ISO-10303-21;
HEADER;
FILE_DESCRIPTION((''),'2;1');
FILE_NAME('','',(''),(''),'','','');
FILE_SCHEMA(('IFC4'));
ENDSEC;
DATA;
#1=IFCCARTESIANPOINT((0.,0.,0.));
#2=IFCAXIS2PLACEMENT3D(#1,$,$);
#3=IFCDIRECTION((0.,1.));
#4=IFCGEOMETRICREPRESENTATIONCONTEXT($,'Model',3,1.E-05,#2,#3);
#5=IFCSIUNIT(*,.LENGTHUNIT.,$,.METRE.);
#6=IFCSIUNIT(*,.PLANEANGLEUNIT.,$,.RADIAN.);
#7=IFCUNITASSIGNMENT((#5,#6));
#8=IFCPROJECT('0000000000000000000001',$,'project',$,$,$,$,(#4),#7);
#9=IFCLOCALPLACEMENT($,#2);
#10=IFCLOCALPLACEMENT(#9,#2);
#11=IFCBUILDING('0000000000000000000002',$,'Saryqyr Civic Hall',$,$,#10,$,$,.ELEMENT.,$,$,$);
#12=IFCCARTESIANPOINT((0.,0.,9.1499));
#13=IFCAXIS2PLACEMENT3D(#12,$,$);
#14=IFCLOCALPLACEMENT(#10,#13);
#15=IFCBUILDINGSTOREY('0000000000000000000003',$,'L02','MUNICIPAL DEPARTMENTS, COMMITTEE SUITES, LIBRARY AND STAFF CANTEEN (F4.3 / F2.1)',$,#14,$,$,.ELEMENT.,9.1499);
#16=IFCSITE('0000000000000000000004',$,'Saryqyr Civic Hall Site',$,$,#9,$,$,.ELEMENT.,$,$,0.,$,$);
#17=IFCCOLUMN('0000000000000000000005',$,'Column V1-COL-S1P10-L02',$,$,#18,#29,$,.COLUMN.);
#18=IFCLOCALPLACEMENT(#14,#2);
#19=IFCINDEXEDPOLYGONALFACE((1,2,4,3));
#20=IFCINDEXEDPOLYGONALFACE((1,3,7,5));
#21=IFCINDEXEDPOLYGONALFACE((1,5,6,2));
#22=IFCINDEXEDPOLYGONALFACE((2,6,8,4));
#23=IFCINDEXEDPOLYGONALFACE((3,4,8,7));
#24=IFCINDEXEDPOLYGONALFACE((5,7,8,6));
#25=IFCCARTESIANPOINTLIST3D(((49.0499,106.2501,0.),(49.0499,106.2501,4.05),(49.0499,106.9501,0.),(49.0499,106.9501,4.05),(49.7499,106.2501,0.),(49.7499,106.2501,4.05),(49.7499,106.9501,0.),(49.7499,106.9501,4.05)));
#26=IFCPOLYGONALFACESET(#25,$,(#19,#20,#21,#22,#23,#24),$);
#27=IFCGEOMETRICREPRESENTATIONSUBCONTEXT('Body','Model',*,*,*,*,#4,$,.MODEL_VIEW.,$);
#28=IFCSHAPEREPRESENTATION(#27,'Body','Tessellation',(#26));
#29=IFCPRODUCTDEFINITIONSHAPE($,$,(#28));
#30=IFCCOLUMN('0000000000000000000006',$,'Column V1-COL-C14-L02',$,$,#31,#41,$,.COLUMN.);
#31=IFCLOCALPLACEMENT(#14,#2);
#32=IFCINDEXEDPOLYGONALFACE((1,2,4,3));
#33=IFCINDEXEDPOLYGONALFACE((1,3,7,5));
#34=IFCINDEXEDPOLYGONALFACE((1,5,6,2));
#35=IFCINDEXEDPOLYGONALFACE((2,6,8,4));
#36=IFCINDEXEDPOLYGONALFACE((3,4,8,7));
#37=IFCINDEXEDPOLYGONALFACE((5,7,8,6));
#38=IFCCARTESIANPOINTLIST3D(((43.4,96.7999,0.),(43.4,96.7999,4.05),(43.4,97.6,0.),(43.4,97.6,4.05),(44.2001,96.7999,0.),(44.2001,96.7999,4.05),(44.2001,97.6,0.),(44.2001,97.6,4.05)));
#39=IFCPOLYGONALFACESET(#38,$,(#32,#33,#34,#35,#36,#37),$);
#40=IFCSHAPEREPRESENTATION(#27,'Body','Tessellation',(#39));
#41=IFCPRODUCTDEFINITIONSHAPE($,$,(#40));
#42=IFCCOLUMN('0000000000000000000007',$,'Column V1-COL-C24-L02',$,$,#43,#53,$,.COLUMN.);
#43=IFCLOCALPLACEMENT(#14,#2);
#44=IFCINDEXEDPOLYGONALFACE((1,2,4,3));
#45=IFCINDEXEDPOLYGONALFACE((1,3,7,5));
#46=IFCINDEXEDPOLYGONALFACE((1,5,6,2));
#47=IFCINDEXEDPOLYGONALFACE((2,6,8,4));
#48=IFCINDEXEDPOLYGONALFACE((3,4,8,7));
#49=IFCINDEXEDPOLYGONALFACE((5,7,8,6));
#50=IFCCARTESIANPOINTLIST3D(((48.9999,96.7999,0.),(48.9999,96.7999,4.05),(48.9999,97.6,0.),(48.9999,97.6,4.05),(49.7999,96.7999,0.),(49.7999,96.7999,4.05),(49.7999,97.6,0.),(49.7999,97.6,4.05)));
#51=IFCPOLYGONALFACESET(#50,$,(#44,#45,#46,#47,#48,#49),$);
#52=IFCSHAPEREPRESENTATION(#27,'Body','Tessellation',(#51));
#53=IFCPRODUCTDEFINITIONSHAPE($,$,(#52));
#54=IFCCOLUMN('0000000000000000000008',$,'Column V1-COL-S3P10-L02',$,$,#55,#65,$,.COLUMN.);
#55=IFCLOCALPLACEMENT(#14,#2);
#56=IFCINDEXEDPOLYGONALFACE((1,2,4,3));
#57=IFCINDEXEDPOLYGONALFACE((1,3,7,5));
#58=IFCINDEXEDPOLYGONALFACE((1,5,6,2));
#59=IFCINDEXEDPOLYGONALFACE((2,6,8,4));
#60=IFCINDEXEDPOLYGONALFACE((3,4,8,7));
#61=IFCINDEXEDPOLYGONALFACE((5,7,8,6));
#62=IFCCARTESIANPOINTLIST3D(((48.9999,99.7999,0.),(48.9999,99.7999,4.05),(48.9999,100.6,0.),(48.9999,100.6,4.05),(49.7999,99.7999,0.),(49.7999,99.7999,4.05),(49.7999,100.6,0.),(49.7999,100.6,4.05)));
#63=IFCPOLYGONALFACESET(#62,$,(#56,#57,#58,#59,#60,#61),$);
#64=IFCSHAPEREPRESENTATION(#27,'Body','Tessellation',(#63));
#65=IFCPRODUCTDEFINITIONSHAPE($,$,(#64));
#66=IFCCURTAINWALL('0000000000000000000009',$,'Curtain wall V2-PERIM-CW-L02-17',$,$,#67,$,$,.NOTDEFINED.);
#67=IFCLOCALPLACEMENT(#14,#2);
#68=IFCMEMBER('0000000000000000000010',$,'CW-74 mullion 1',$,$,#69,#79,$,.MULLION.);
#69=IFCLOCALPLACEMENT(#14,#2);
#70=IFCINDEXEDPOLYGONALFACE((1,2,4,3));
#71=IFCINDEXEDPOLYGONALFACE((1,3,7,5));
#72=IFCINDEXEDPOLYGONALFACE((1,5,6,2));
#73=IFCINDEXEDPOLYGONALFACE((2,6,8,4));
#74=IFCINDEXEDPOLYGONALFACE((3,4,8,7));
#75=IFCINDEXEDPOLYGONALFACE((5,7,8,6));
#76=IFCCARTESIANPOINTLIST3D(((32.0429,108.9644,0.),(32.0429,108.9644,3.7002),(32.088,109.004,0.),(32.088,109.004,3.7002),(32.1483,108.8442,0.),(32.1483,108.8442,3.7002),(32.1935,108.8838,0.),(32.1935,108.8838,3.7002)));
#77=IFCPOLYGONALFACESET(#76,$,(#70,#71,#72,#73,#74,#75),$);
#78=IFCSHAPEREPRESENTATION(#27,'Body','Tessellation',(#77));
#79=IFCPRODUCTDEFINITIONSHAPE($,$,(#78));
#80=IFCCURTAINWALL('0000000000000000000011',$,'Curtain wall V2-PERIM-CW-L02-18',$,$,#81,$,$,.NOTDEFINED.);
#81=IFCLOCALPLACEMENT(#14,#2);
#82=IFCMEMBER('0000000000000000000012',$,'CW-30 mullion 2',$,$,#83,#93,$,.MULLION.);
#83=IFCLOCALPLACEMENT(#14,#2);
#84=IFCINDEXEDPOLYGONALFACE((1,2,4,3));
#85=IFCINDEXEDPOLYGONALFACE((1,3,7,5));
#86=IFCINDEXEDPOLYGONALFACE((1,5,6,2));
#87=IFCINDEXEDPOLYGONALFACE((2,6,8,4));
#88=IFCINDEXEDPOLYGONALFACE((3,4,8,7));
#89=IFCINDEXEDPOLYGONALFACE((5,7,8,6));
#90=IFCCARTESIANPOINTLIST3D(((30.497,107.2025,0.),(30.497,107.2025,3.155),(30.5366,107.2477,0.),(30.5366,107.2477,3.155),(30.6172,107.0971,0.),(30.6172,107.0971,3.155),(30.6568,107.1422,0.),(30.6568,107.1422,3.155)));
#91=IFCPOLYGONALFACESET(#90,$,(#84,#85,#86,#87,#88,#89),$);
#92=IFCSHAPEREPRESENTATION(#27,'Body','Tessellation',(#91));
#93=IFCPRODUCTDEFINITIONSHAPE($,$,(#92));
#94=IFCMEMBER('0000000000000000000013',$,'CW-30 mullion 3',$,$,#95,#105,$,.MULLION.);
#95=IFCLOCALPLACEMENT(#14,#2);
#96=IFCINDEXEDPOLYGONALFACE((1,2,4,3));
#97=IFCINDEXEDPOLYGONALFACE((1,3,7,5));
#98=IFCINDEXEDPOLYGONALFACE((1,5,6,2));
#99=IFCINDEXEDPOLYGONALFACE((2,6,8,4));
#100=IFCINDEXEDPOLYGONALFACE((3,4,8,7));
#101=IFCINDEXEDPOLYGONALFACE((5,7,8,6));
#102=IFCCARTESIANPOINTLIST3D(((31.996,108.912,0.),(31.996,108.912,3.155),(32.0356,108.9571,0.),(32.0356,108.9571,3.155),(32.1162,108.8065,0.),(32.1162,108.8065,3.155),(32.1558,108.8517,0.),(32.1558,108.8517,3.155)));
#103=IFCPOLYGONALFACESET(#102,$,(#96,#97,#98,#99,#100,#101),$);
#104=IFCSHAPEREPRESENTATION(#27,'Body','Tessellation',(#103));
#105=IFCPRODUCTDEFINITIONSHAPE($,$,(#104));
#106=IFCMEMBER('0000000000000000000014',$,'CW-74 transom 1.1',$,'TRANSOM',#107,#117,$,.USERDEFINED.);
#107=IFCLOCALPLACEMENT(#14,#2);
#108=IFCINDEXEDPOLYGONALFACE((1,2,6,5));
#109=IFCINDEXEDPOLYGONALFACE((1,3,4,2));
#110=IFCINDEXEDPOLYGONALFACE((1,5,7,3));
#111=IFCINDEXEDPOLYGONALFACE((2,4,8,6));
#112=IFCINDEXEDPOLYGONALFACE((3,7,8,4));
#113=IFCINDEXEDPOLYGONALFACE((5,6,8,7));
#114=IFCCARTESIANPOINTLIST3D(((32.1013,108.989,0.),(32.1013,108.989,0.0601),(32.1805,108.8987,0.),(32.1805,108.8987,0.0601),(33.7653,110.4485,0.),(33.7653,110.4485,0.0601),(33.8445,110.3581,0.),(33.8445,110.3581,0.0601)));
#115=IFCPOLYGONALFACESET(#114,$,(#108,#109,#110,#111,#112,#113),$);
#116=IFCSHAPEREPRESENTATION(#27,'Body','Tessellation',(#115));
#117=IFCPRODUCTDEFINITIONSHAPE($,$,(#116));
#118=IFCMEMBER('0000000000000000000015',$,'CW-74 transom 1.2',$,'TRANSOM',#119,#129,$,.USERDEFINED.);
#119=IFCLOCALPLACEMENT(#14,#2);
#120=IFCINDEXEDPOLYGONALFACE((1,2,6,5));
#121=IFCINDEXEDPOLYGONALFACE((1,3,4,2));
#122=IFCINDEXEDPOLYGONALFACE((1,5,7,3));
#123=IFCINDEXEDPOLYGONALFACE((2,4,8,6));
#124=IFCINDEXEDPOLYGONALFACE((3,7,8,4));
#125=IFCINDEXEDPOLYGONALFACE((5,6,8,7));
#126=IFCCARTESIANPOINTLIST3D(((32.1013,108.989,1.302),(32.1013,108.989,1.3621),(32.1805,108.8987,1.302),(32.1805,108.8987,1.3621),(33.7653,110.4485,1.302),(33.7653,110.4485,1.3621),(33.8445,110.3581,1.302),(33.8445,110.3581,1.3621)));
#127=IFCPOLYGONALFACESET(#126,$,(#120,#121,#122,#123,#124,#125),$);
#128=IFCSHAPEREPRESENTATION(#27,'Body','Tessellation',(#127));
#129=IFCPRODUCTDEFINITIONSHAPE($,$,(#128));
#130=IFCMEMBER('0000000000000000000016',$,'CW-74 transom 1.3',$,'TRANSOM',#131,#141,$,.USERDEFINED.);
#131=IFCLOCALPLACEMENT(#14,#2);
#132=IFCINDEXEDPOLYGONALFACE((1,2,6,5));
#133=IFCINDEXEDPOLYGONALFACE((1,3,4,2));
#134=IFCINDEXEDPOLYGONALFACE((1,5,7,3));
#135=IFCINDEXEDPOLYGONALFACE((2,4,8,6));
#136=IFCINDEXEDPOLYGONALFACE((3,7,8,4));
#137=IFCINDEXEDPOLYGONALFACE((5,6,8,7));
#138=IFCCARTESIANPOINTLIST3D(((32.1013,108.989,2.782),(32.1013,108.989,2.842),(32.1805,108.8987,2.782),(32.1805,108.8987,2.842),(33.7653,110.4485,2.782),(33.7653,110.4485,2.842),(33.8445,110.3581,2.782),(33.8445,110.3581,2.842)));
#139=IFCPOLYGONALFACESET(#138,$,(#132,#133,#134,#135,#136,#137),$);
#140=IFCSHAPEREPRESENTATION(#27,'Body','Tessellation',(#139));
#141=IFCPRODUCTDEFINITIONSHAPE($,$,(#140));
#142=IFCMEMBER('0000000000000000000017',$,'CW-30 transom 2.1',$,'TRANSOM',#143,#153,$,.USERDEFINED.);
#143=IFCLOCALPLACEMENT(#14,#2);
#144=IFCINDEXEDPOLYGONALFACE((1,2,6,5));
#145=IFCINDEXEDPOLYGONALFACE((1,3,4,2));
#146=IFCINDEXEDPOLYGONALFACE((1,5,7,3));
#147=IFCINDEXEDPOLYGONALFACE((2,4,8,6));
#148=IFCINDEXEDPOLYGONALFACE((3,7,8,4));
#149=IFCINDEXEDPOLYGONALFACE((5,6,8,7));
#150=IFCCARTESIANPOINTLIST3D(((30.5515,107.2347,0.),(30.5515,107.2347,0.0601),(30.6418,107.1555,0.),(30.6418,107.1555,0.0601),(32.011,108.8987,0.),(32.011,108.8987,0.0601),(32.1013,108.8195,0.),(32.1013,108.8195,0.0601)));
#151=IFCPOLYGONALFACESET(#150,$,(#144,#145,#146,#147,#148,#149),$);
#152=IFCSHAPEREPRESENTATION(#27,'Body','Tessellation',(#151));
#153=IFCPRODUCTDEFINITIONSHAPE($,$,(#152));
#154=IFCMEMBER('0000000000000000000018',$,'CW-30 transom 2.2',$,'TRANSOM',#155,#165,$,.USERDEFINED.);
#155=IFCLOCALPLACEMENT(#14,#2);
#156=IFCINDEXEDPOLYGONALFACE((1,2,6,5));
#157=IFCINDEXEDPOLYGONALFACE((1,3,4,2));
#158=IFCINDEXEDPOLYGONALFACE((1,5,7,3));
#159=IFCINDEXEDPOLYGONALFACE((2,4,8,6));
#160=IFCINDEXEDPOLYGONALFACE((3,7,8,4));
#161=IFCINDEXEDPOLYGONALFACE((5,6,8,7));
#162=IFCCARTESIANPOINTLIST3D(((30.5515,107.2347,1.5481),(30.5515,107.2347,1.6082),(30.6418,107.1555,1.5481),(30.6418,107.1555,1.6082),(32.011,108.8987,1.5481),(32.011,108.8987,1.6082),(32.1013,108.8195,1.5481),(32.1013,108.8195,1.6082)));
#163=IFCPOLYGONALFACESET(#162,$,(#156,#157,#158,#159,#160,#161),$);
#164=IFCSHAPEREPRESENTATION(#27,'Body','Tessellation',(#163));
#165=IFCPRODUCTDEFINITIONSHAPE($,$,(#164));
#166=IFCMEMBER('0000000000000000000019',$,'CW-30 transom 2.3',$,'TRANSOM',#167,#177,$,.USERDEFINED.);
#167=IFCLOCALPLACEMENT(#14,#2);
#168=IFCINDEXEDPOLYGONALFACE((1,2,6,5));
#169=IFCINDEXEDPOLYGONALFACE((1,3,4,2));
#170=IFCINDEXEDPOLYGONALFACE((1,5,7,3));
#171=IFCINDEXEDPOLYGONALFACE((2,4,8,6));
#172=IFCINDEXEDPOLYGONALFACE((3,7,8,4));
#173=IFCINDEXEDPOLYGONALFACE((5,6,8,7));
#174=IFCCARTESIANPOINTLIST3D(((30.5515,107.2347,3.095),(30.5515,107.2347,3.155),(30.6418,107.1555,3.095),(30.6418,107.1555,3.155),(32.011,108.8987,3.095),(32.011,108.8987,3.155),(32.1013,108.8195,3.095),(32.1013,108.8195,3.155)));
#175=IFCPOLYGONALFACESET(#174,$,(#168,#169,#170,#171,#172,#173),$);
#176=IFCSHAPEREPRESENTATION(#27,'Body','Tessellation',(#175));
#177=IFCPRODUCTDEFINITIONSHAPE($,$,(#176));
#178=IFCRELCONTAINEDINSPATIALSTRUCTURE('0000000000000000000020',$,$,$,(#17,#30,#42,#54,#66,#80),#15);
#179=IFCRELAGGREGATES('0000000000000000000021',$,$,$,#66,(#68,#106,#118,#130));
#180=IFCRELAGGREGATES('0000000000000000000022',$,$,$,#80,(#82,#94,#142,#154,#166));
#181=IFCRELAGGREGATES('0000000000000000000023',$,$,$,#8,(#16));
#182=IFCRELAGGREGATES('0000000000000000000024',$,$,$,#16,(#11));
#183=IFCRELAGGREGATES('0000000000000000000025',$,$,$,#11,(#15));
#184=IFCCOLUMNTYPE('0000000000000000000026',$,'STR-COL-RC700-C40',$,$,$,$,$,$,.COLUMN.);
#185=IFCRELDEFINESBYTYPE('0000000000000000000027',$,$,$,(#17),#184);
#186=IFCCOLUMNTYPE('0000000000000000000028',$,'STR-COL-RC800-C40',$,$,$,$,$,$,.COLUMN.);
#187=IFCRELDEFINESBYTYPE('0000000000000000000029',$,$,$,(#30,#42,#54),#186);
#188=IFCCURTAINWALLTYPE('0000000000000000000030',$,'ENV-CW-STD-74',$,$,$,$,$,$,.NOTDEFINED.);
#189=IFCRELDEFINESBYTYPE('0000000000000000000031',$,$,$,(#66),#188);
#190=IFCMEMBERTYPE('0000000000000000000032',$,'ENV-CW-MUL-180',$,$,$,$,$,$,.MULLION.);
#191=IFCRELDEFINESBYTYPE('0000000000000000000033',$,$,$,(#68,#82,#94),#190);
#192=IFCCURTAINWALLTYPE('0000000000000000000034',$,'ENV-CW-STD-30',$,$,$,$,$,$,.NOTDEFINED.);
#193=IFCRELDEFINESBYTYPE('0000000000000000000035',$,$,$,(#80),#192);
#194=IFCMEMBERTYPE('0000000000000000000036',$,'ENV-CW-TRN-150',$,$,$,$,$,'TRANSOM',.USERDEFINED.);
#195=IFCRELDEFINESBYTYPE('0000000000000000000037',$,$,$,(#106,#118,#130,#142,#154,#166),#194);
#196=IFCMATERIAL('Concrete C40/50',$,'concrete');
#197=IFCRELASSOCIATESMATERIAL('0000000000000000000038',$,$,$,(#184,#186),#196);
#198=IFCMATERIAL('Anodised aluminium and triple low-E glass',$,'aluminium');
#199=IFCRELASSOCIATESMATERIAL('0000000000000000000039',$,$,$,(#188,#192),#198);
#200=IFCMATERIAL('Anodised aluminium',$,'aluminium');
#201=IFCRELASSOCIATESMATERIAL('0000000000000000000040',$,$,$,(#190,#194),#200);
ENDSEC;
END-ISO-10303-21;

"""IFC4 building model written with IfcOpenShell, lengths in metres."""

from ifc_helpers import new_model, si_unit, direction, frame, origin, origin_2d, place, context, subcontext, project, spatial, rectangle, extrude, material, material_profile, profile_set, type_object, element, aggregate, save


model = new_model("IFC4")

# Units and contexts
model_context = context("Model", 3, precision=1e-05, world=origin(), true_north=direction((0.0, 1.0)))
body_context = subcontext(model_context, "Body", "Model", "MODEL_VIEW")
ifc_project = project(units=[si_unit("LENGTHUNIT", "METRE"), si_unit("PLANEANGLEUNIT", "RADIAN")], contexts=[model_context])

# Site, building, storey
site_placement = place(None, origin())
site = spatial("IfcSite", under=ifc_project, at=site_placement, Name="Saryqyr Civic Hall Site", CompositionType="ELEMENT", RefElevation=0.0)
building_placement = place(site_placement, origin())
building = spatial("IfcBuilding", under=site, at=building_placement, Name="Saryqyr Civic Hall", CompositionType="ELEMENT")
storey_placement = place(building_placement, frame((0.0, 0.0, 9.1499)))
storey = spatial("IfcBuildingStorey", under=building, at=storey_placement, Name="L02", Description="MUNICIPAL DEPARTMENTS, COMMITTEE SUITES, LIBRARY AND STAFF CANTEEN (F4.3 / F2.1)", CompositionType="ELEMENT", Elevation=9.1499)

# Columns
ifc_material_1 = material(Name="Concrete C40/50", Category="concrete")
ifc_material_profile_1 = material_profile(ifc_material_1, rectangle(XDim=0.7, YDim=0.7, at=origin_2d()), Name="RC 700x700")
ifc_profile_set_1 = profile_set([ifc_material_profile_1], Name="Concrete C40/50")
column_type_1 = type_object("IfcColumnType", Name="STR-COL-RC700-C40", PredefinedType="COLUMN", material=ifc_profile_set_1)
column_placement = place(storey_placement, frame((49.3999, 106.6001, 0.0), z_axis=(0.0, 0.0, 1.0), x_axis=(1.0, 0.0, 0.0)))
element("IfcColumn", 1, at=column_placement, inside=storey, type_object=column_type_1, Name="Column V1-COL-S1P10-L02", PredefinedType="COLUMN", context=body_context, shape_type="SweptSolid", body=[
    extrude(rectangle(XDim=0.7, YDim=0.7, at=origin_2d()), origin(), (0.0, 0.0, 1.0), 4.05),
])
ifc_material_profile_2 = material_profile(ifc_material_1, rectangle(XDim=0.8, YDim=0.8, at=origin_2d()), Name="RC 800x800")
ifc_profile_set_2 = profile_set([ifc_material_profile_2], Name="Concrete C40/50")
column_type_2 = type_object("IfcColumnType", Name="STR-COL-RC800-C40", PredefinedType="COLUMN", material=ifc_profile_set_2)
for number, where, z_axis, x_axis, name in (
    (2, (43.8, 97.2, 0.0), (0.0, 0.0, 1.0), (1.0, 0.0, 0.0), "Column V1-COL-C14-L02"),
    (3, (49.3999, 97.2, 0.0), (0.0, 0.0, 1.0), (1.0, 0.0, 0.0), "Column V1-COL-C24-L02"),
    (4, (49.3999, 100.2, 0.0), (0.0, 0.0, 1.0), (1.0, 0.0, 0.0), "Column V1-COL-S3P10-L02"),
):
    element("IfcColumn", number, at=place(storey_placement, frame(where, z_axis=z_axis, x_axis=x_axis)), inside=storey, type_object=column_type_2, Name=name, PredefinedType="COLUMN", context=body_context, shape_type="SweptSolid", body=[
        extrude(rectangle(XDim=0.8, YDim=0.8, at=origin_2d()), origin(), (0.0, 0.0, 1.0), 4.05),
    ])

# Curtain wall, member
ifc_material_2 = material(Name="Anodised aluminium and triple low-E glass", Category="aluminium")
curtain_wall_type_1 = type_object("IfcCurtainWallType", Name="ENV-CW-STD-74", PredefinedType="NOTDEFINED", material=ifc_material_2)
curtain_wall_1_placement = place(storey_placement, origin())
curtain_wall_1 = element("IfcCurtainWall", 5, at=curtain_wall_1_placement, inside=storey, type_object=curtain_wall_type_1, Name="Curtain wall V2-PERIM-CW-L02-17", PredefinedType="NOTDEFINED")
ifc_material_3 = material(Name="Anodised aluminium", Category="aluminium")
ifc_material_profile_3 = material_profile(ifc_material_3, rectangle(XDim=0.0601, YDim=0.1599, at=origin_2d()), Name="ALU MULLION 60x160")
ifc_profile_set_3 = profile_set([ifc_material_profile_3], Name="Anodised aluminium")
member_type_1 = type_object("IfcMemberType", Name="ENV-CW-MUL-180", PredefinedType="MULLION", material=ifc_profile_set_3)
member_1_placement = place(storey_placement, frame((32.1182, 108.9241, 0.0), z_axis=(0.0, 0.0, 1.0), x_axis=(0.751838, 0.659348, 0.0)))
member_1 = element("IfcMember", 6, at=member_1_placement, type_object=member_type_1, Name="CW-74 mullion 1", PredefinedType="MULLION", context=body_context, shape_type="SweptSolid", body=[
    extrude(rectangle(XDim=0.0601, YDim=0.1599, at=origin_2d()), origin(), (0.0, 0.0, 1.0), 3.7002),
])

# Curtain wall, members
curtain_wall_type_2 = type_object("IfcCurtainWallType", Name="ENV-CW-STD-30", PredefinedType="NOTDEFINED", material=ifc_material_2)
curtain_wall_2_placement = place(storey_placement, origin())
curtain_wall_2 = element("IfcCurtainWall", 7, at=curtain_wall_2_placement, inside=storey, type_object=curtain_wall_type_2, Name="Curtain wall V2-PERIM-CW-L02-18", PredefinedType="NOTDEFINED")
member_2_placement = place(storey_placement, frame((30.5769, 107.1724, 0.0), z_axis=(0.0, 0.0, 1.0), x_axis=(0.659348, 0.751838, 0.0)))
member_2 = element("IfcMember", 8, at=member_2_placement, type_object=member_type_1, Name="CW-30 mullion 2", PredefinedType="MULLION", context=body_context, shape_type="SweptSolid", body=[
    extrude(rectangle(XDim=0.0601, YDim=0.1599, at=origin_2d()), origin(), (0.0, 0.0, 1.0), 3.155),
])
member_3_placement = place(storey_placement, frame((32.0759, 108.8818, 0.0), z_axis=(0.0, 0.0, 1.0), x_axis=(0.659348, 0.751838, 0.0)))
member_3 = element("IfcMember", 9, at=member_3_placement, type_object=member_type_1, Name="CW-30 mullion 3", PredefinedType="MULLION", context=body_context, shape_type="SweptSolid", body=[
    extrude(rectangle(XDim=0.0601, YDim=0.1599, at=origin_2d()), origin(), (0.0, 0.0, 1.0), 3.155),
])

# Members
ifc_material_profile_4 = material_profile(ifc_material_3, rectangle(XDim=0.1201, YDim=0.0601, at=origin_2d()), Name="ALU TRANSOM 120x60")
ifc_profile_set_4 = profile_set([ifc_material_profile_4], Name="Anodised aluminium")
member_type_2 = type_object("IfcMemberType", Name="ENV-CW-TRN-150", ElementType="TRANSOM", PredefinedType="USERDEFINED", material=ifc_profile_set_4)
member_4_placement = place(storey_placement, frame((32.1409, 108.9438, 0.03), z_axis=(0.751811, 0.659379, 0.0), x_axis=(-0.659379, 0.751811, 0.0)))
member_4 = element("IfcMember", 10, at=member_4_placement, type_object=member_type_2, Name="CW-74 transom 1.1", ObjectType="TRANSOM", PredefinedType="USERDEFINED", context=body_context, shape_type="SweptSolid", body=[
    extrude(rectangle(XDim=0.1201, YDim=0.0601, at=origin_2d()), origin(), (0.0, 0.0, 1.0), 2.2134),
])
member_5_placement = place(storey_placement, frame((32.1409, 108.9438, 1.332), z_axis=(0.751811, 0.659379, 0.0), x_axis=(-0.659379, 0.751811, 0.0)))
member_5 = element("IfcMember", 11, at=member_5_placement, type_object=member_type_2, Name="CW-74 transom 1.2", ObjectType="TRANSOM", PredefinedType="USERDEFINED", context=body_context, shape_type="SweptSolid", body=[
    extrude(rectangle(XDim=0.1201, YDim=0.0601, at=origin_2d()), origin(), (0.0, 0.0, 1.0), 2.2134),
])
member_6_placement = place(storey_placement, frame((32.1409, 108.9438, 2.812), z_axis=(0.751811, 0.659379, 0.0), x_axis=(-0.659379, 0.751811, 0.0)))
member_6 = element("IfcMember", 12, at=member_6_placement, type_object=member_type_2, Name="CW-74 transom 1.3", ObjectType="TRANSOM", PredefinedType="USERDEFINED", context=body_context, shape_type="SweptSolid", body=[
    extrude(rectangle(XDim=0.1201, YDim=0.0601, at=origin_2d()), origin(), (0.0, 0.0, 1.0), 2.2134),
])
aggregate(curtain_wall_1, [member_1, member_4, member_5, member_6])
member_7_placement = place(storey_placement, frame((30.5967, 107.1951, 0.03), z_axis=(0.659379, 0.751811, 0.0), x_axis=(-0.751811, 0.659379, 0.0)))
member_7 = element("IfcMember", 13, at=member_7_placement, type_object=member_type_2, Name="CW-30 transom 2.1", ObjectType="TRANSOM", PredefinedType="USERDEFINED", context=body_context, shape_type="SweptSolid", body=[
    extrude(rectangle(XDim=0.1201, YDim=0.0601, at=origin_2d()), origin(), (0.0, 0.0, 1.0), 2.2134),
])
member_8_placement = place(storey_placement, frame((30.5967, 107.1951, 1.5781), z_axis=(0.659379, 0.751811, 0.0), x_axis=(-0.751811, 0.659379, 0.0)))
member_8 = element("IfcMember", 14, at=member_8_placement, type_object=member_type_2, Name="CW-30 transom 2.2", ObjectType="TRANSOM", PredefinedType="USERDEFINED", context=body_context, shape_type="SweptSolid", body=[
    extrude(rectangle(XDim=0.1201, YDim=0.0601, at=origin_2d()), origin(), (0.0, 0.0, 1.0), 2.2134),
])
member_9_placement = place(storey_placement, frame((30.5967, 107.1951, 3.125), z_axis=(0.659379, 0.751811, 0.0), x_axis=(-0.751811, 0.659379, 0.0)))
member_9 = element("IfcMember", 15, at=member_9_placement, type_object=member_type_2, Name="CW-30 transom 2.3", ObjectType="TRANSOM", PredefinedType="USERDEFINED", context=body_context, shape_type="SweptSolid", body=[
    extrude(rectangle(XDim=0.1201, YDim=0.0601, at=origin_2d()), origin(), (0.0, 0.0, 1.0), 2.2134),
])

aggregate(curtain_wall_2, [member_2, member_3, member_7, member_8, member_9])

save(model, "model.ifc")
